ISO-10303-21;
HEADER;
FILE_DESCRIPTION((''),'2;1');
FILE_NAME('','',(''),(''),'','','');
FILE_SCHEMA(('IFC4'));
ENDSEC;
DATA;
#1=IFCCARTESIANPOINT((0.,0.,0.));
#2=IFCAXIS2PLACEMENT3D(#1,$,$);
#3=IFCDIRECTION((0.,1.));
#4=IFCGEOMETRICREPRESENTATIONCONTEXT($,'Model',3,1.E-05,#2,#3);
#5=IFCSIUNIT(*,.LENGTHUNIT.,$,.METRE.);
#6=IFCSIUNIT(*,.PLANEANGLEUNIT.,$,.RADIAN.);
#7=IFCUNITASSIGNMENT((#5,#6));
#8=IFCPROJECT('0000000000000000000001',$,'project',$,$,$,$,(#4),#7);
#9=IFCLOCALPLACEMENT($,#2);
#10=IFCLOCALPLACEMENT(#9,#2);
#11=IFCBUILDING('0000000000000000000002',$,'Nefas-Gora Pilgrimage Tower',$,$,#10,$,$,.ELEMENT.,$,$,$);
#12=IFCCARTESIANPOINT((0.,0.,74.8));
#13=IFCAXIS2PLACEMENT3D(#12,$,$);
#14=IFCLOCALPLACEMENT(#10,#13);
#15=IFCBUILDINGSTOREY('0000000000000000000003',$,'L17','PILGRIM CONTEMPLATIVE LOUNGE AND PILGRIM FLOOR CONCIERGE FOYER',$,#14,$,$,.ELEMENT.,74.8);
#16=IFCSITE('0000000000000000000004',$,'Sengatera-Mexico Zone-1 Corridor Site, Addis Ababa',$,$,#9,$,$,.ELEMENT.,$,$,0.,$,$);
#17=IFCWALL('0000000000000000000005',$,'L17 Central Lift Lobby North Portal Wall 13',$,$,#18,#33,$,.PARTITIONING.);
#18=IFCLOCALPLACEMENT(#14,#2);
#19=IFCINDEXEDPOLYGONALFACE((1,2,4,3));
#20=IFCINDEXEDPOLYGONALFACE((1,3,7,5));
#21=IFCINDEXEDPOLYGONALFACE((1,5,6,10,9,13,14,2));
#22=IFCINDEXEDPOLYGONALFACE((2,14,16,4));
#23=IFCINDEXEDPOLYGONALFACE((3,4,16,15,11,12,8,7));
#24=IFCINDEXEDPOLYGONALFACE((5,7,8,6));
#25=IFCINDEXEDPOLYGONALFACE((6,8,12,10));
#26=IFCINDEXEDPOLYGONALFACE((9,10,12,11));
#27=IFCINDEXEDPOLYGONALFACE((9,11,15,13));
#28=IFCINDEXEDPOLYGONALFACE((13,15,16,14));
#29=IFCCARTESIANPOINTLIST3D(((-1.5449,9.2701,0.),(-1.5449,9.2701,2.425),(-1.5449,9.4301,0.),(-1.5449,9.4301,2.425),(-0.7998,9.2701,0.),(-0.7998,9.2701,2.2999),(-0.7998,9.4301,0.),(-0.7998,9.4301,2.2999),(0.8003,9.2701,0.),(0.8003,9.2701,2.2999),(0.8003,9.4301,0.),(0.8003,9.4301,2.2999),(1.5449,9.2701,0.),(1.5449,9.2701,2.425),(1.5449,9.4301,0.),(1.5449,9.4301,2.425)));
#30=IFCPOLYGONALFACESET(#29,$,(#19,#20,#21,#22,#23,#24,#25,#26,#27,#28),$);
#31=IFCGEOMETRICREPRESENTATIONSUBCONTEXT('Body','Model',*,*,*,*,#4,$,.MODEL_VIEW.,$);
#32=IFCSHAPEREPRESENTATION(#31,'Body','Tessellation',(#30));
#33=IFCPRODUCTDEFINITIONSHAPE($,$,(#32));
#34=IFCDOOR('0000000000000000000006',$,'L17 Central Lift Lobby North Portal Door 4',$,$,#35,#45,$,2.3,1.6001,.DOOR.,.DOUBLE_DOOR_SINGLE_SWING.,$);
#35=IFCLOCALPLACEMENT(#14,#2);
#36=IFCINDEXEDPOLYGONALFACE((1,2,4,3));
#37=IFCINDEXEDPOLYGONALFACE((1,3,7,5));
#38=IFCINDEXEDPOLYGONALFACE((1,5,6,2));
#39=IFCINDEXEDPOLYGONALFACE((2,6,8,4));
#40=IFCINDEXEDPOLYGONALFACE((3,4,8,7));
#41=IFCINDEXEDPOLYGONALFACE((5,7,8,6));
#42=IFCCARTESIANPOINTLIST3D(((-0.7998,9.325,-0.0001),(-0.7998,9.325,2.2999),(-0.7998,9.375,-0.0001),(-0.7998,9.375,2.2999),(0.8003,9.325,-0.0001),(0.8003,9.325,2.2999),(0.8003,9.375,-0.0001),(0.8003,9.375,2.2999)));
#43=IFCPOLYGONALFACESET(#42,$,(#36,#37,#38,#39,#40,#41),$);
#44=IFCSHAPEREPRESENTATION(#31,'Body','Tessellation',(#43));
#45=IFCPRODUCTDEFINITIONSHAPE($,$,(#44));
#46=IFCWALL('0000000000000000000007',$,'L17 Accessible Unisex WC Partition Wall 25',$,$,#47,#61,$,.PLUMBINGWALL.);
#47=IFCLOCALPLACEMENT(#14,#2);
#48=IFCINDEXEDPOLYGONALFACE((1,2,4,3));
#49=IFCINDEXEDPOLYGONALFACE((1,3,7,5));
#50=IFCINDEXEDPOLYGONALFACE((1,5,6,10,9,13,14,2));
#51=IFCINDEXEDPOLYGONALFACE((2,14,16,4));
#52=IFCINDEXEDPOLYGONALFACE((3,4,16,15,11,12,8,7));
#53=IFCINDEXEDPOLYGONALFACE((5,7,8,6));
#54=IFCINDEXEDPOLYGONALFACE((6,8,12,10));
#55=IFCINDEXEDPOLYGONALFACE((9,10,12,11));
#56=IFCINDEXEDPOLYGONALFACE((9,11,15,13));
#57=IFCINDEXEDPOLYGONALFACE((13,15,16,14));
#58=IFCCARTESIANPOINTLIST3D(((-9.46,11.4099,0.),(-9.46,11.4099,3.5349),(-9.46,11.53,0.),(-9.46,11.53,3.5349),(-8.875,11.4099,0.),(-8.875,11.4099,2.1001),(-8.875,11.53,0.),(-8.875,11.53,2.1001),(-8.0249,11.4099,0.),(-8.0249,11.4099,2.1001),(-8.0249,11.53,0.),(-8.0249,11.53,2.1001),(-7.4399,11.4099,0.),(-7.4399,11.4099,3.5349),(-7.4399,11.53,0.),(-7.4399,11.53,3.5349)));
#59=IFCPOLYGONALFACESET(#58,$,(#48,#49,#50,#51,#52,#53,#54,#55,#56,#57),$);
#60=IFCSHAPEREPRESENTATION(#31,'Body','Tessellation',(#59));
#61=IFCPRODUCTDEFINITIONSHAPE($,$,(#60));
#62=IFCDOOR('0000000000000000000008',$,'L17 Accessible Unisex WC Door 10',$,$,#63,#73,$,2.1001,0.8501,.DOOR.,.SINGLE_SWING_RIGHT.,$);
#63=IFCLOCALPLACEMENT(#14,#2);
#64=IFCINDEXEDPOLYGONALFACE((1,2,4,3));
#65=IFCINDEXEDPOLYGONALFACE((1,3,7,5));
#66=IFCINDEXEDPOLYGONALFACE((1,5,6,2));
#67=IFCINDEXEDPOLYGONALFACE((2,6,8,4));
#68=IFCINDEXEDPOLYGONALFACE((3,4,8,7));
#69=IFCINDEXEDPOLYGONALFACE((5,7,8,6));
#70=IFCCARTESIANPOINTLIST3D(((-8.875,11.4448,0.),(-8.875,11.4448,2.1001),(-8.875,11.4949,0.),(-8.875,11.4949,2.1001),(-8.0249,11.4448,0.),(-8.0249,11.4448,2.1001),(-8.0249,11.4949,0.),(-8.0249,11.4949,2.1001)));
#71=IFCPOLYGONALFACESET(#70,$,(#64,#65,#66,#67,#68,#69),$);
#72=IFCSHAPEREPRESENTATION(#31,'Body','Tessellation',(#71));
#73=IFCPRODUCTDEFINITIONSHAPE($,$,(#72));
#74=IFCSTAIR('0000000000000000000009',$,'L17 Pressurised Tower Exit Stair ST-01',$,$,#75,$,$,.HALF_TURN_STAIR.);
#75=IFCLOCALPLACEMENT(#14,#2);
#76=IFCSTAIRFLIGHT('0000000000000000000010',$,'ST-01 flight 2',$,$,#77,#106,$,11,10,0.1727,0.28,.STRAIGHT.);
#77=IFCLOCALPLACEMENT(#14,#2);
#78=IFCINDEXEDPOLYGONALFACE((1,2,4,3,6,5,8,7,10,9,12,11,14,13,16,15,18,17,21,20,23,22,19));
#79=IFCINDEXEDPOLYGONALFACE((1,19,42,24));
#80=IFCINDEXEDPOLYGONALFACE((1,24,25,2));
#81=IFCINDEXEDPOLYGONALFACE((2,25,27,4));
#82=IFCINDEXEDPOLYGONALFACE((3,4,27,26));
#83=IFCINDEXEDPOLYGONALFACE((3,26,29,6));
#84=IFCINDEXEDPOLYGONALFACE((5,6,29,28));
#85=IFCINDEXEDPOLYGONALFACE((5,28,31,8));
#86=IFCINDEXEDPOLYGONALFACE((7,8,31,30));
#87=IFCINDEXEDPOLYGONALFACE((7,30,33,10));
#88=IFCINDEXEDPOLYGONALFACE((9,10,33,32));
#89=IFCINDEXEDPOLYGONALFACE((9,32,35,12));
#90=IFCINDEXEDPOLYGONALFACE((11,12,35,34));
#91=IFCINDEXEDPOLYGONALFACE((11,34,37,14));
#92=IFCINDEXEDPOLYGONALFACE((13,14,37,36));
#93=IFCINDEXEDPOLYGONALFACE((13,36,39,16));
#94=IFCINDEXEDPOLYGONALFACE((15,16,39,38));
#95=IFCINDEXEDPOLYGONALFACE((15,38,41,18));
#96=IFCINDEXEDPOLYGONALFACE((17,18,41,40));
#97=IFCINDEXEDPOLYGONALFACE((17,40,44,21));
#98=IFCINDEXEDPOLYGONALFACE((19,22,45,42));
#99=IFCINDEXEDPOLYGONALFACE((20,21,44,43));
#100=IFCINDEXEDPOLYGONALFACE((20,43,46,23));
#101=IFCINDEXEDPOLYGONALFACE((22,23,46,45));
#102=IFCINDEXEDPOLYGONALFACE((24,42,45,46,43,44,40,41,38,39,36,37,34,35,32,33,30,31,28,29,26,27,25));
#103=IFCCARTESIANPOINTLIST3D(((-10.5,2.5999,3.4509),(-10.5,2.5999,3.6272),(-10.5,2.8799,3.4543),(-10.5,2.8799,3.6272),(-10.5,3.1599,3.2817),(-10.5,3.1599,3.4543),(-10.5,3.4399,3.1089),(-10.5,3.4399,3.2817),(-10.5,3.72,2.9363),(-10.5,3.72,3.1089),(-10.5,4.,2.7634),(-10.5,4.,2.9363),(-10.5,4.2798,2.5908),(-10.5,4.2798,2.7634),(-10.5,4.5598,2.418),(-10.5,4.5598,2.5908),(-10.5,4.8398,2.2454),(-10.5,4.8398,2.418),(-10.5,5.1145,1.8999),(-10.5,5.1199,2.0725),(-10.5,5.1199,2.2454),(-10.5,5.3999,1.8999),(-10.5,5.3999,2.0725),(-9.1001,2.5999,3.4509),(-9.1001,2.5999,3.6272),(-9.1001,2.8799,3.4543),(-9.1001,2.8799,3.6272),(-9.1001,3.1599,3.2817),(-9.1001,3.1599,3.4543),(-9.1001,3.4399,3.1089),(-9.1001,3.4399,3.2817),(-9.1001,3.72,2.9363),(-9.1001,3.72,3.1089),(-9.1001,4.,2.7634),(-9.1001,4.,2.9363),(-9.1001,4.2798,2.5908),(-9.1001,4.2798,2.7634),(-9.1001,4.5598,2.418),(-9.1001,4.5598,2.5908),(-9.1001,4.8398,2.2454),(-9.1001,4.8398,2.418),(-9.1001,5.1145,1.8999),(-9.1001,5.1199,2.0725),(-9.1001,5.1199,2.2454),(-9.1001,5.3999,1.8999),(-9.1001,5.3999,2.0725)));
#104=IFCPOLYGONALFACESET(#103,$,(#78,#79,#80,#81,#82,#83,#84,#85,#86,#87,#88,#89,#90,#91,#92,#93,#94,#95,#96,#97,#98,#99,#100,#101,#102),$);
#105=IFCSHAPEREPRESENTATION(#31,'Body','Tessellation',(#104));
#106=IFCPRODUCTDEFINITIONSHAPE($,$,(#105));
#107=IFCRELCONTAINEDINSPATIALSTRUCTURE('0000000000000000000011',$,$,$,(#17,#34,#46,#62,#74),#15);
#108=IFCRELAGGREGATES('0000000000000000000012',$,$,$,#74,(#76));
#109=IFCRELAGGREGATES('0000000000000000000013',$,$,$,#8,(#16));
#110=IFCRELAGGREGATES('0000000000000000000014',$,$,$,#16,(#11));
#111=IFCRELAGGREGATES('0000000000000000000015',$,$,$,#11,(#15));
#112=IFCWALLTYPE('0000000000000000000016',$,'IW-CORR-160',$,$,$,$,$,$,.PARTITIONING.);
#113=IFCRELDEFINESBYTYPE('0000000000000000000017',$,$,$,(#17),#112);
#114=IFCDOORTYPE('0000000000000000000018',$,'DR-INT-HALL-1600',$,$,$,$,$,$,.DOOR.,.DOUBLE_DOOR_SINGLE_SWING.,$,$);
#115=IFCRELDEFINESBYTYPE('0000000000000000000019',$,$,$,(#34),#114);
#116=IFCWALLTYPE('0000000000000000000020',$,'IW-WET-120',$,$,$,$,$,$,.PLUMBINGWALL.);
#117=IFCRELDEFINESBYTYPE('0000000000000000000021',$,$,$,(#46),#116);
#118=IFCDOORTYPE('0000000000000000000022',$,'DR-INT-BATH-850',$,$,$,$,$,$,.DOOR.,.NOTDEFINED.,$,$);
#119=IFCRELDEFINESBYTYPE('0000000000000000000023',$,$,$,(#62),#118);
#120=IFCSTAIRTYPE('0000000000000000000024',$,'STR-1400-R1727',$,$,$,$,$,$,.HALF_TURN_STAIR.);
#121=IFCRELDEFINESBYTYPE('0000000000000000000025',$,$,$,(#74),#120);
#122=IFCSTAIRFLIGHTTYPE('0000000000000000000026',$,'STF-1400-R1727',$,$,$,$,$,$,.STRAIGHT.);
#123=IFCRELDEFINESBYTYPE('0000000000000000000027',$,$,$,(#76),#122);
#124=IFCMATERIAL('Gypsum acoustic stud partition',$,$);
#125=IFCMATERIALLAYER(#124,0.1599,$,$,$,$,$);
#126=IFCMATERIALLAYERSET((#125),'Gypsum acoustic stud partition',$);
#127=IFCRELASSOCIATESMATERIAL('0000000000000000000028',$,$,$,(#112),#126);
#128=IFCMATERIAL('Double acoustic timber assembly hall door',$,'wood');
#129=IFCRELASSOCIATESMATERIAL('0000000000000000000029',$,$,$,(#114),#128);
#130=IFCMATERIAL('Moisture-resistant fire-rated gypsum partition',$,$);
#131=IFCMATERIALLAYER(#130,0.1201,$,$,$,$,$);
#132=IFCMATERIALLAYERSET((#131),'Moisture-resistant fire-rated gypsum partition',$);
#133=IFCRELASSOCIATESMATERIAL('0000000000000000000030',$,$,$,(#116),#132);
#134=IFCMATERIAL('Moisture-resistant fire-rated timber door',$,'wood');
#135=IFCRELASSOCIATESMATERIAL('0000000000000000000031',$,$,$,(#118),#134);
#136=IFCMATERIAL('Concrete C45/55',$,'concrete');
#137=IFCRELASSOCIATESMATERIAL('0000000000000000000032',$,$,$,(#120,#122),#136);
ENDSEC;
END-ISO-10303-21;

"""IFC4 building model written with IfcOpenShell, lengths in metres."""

from ifc_helpers import new_model, si_unit, direction, frame, frame_2d, origin, place, context, subcontext, project, spatial, polyline, rectangle, outline, extrude, source, transform, mapped, material, layer, layer_set, type_object, element, fill, aggregate, save


model = new_model("IFC4")

# Units and contexts
model_context = context("Model", 3, precision=1e-05, world=origin(), true_north=direction((0.0, 1.0)))
body_context = subcontext(model_context, "Body", "Model", "MODEL_VIEW")
ifc_project = project(units=[si_unit("LENGTHUNIT", "METRE"), si_unit("PLANEANGLEUNIT", "RADIAN")], contexts=[model_context])

# Site, building, storey
site_placement = place(None, origin())
site = spatial("IfcSite", under=ifc_project, at=site_placement, Name="Sengatera-Mexico Zone-1 Corridor Site, Addis Ababa", CompositionType="ELEMENT", RefElevation=0.0)
building_placement = place(site_placement, origin())
building = spatial("IfcBuilding", under=site, at=building_placement, Name="Nefas-Gora Pilgrimage Tower", CompositionType="ELEMENT")
storey_placement = place(building_placement, frame((0.0, 0.0, 74.8)))
storey = spatial("IfcBuildingStorey", under=building, at=storey_placement, Name="L17", Description="PILGRIM CONTEMPLATIVE LOUNGE AND PILGRIM FLOOR CONCIERGE FOYER", CompositionType="ELEMENT", Elevation=74.8)

# Shared definitions
ifc_material_1 = material(Name="Concrete C45/55", Category="concrete")

# Shared definitions
ifc_material_2 = material(Name="Gypsum acoustic stud partition")
ifc_layer_1 = layer(ifc_material_2, 0.1599)
ifc_layer_set_1 = layer_set([ifc_layer_1], Name="Gypsum acoustic stud partition")
wall_type_1 = type_object("IfcWallType", Name="IW-CORR-160", PredefinedType="PARTITIONING", material=ifc_layer_set_1)

# Walls, openings, doors
shared_shape_1 = source(origin(), body_context, "Body", "SweptSolid", [
    extrude(rectangle(XDim=3.0898, YDim=0.1599, at=frame_2d((1.5449, 0.0))), origin(), (0.0, 0.0, 1.0), 2.425),
])
wall_1_placement = place(storey_placement, frame((-1.5449, 9.3501, 0.0), z_axis=(0.0, 0.0, 1.0), x_axis=(1.0, 0.0, 0.0)))
wall_1 = element("IfcWall", 1, at=wall_1_placement, inside=storey, type_object=wall_type_1, Name="L17 Central Lift Lobby North Portal Wall 13", PredefinedType="PARTITIONING", context=body_context, shape_type="MappedRepresentation", body=[
    mapped(shared_shape_1, transform((0.0, 0.0, 0.0), x_axis=(1.0, 0.0, 0.0), y_axis=(0.0, 1.0, 0.0), z_axis=(0.0, 0.0, 1.0), scale=1.0)),
])
opening_1_placement = place(wall_1_placement, frame((0.7451, 0.0, 0.0)))
opening_1 = element("IfcOpeningElement", 2, at=opening_1_placement, cuts=wall_1, PredefinedType="OPENING", context=body_context, shape_type="SweptSolid", body=[
    extrude(rectangle(XDim=1.6001, YDim=2.3, at=frame_2d((0.8, 1.1499))), frame((0.0, 0.0898, 0.0), z_axis=(0.0, -1.0, 0.0), x_axis=(1.0, 0.0, 0.0)), (0.0, 0.0, 1.0), 0.1799),
])
ifc_material_3 = material(Name="Double acoustic timber assembly hall door", Category="wood")
door_type_1 = type_object("IfcDoorType", Name="DR-INT-HALL-1600", OperationType="DOUBLE_DOOR_SINGLE_SWING", PredefinedType="DOOR", material=ifc_material_3)
shared_shape_2 = source(origin(), body_context, "Body", "SweptSolid", [
    extrude(rectangle(XDim=1.6001, YDim=2.3, at=frame_2d((0.8, 1.1499))), frame((0.0, 0.0249, 0.0), z_axis=(0.0, -1.0, 0.0), x_axis=(1.0, 0.0, 0.0)), (0.0, 0.0, 1.0), 0.05),
])
door_1_placement = place(opening_1_placement, origin())
door_1 = element("IfcDoor", 3, at=door_1_placement, inside=storey, type_object=door_type_1, Name="L17 Central Lift Lobby North Portal Door 4", OperationType="DOUBLE_DOOR_SINGLE_SWING", OverallHeight=2.3, OverallWidth=1.6001, PredefinedType="DOOR", context=body_context, shape_type="MappedRepresentation", body=[
    mapped(shared_shape_2, transform((0.0, 0.0, 0.0), x_axis=(1.0, 0.0, 0.0), y_axis=(0.0, 1.0, 0.0), z_axis=(0.0, 0.0, 1.0), scale=1.0)),
])
fill(opening_1, door_1)
ifc_material_4 = material(Name="Moisture-resistant fire-rated gypsum partition")
ifc_layer_2 = layer(ifc_material_4, 0.1201)
ifc_layer_set_2 = layer_set([ifc_layer_2], Name="Moisture-resistant fire-rated gypsum partition")
wall_type_2 = type_object("IfcWallType", Name="IW-WET-120", PredefinedType="PLUMBINGWALL", material=ifc_layer_set_2)
shared_shape_3 = source(origin(), body_context, "Body", "SweptSolid", [
    extrude(rectangle(XDim=2.02, YDim=0.1201, at=frame_2d((1.01, 0.0))), origin(), (0.0, 0.0, 1.0), 3.5349),
])
wall_2_placement = place(storey_placement, frame((-9.46, 11.47, 0.0), z_axis=(0.0, 0.0, 1.0), x_axis=(1.0, 0.0, 0.0)))
wall_2 = element("IfcWall", 4, at=wall_2_placement, inside=storey, type_object=wall_type_2, Name="L17 Accessible Unisex WC Partition Wall 25", PredefinedType="PLUMBINGWALL", context=body_context, shape_type="MappedRepresentation", body=[
    mapped(shared_shape_3, transform((0.0, 0.0, 0.0), x_axis=(1.0, 0.0, 0.0), y_axis=(0.0, 1.0, 0.0), z_axis=(0.0, 0.0, 1.0), scale=1.0)),
])
opening_2_placement = place(wall_2_placement, frame((0.585, 0.0, 0.0)))
opening_2 = element("IfcOpeningElement", 5, at=opening_2_placement, cuts=wall_2, PredefinedType="OPENING", context=body_context, shape_type="SweptSolid", body=[
    extrude(rectangle(XDim=0.8501, YDim=2.1001, at=frame_2d((0.425, 1.05))), frame((0.0, 0.0701, 0.0), z_axis=(0.0, -1.0, 0.0), x_axis=(1.0, 0.0, 0.0)), (0.0, 0.0, 1.0), 0.1401),
])
ifc_material_5 = material(Name="Moisture-resistant fire-rated timber door", Category="wood")
door_type_2 = type_object("IfcDoorType", Name="DR-INT-BATH-850", OperationType="NOTDEFINED", PredefinedType="DOOR", material=ifc_material_5)
shared_shape_4 = source(origin(), body_context, "Body", "SweptSolid", [
    extrude(rectangle(XDim=0.8501, YDim=2.1001, at=frame_2d((0.425, 1.05))), frame((0.0, 0.0249, 0.0), z_axis=(0.0, -1.0, 0.0), x_axis=(1.0, 0.0, 0.0)), (0.0, 0.0, 1.0), 0.05),
])
door_2_placement = place(opening_2_placement, origin())
door_2 = element("IfcDoor", 6, at=door_2_placement, inside=storey, type_object=door_type_2, Name="L17 Accessible Unisex WC Door 10", OperationType="SINGLE_SWING_RIGHT", OverallHeight=2.1001, OverallWidth=0.8501, PredefinedType="DOOR", context=body_context, shape_type="MappedRepresentation", body=[
    mapped(shared_shape_4, transform((0.0, 0.0, 0.0), x_axis=(1.0, 0.0, 0.0), y_axis=(0.0, 1.0, 0.0), z_axis=(0.0, 0.0, 1.0), scale=1.0)),
])
fill(opening_2, door_2)

# Stair, stair flight
stair_type = type_object("IfcStairType", Name="STR-1400-R1727", PredefinedType="HALF_TURN_STAIR", material=ifc_material_1)
stair_placement = place(storey_placement, origin())
stair = element("IfcStair", 7, at=stair_placement, inside=storey, type_object=stair_type, Name="L17 Pressurised Tower Exit Stair ST-01", PredefinedType="HALF_TURN_STAIR")
stair_flight_type = type_object("IfcStairFlightType", Name="STF-1400-R1727", PredefinedType="STRAIGHT", material=ifc_material_1)
shared_shape_5 = source(origin(), body_context, "Body", "SweptSolid", [
    extrude(outline(polyline([(0.0, 0.0), (0.0, 0.1726), (0.28, 0.1726), (0.28, 0.3455), (0.5601, 0.3455), (0.5601, 0.5181), (0.8401, 0.5181), (0.8401, 0.6909), (1.1201, 0.6909), (1.1201, 0.8635), (1.3999, 0.8635), (1.3999, 1.0364), (1.6799, 1.0364), (1.6799, 1.209), (1.96, 1.209), (1.96, 1.3818), (2.24, 1.3818), (2.24, 1.5544), (2.52, 1.5544), (2.52, 1.7273), (2.8, 1.7273), (2.8, 1.8999), (2.8, 1.551), (0.2854, 0.0), (0.0, 0.0)])), frame((0.0, 0.7, 0.0), z_axis=(0.0, -1.0, 0.0), x_axis=(1.0, 0.0, 0.0)), (0.0, 0.0, 1.0), 1.3999),
])
stair_flight_placement = place(storey_placement, frame((-9.8, 5.3999, 1.8999), z_axis=(0.0, 0.0, 1.0), x_axis=(0.0, -1.0, 0.0)))
stair_flight = element("IfcStairFlight", 8, at=stair_flight_placement, type_object=stair_flight_type, Name="ST-01 flight 2", NumberOfRisers=11, NumberOfTreads=10, PredefinedType="STRAIGHT", RiserHeight=0.1727, TreadLength=0.28, context=body_context, shape_type="MappedRepresentation", body=[
    mapped(shared_shape_5, transform((0.0, 0.0, 0.0), x_axis=(1.0, 0.0, 0.0), y_axis=(0.0, 1.0, 0.0), z_axis=(0.0, 0.0, 1.0), scale=1.0)),
])
aggregate(stair, [stair_flight])

save(model, "model.ifc")
